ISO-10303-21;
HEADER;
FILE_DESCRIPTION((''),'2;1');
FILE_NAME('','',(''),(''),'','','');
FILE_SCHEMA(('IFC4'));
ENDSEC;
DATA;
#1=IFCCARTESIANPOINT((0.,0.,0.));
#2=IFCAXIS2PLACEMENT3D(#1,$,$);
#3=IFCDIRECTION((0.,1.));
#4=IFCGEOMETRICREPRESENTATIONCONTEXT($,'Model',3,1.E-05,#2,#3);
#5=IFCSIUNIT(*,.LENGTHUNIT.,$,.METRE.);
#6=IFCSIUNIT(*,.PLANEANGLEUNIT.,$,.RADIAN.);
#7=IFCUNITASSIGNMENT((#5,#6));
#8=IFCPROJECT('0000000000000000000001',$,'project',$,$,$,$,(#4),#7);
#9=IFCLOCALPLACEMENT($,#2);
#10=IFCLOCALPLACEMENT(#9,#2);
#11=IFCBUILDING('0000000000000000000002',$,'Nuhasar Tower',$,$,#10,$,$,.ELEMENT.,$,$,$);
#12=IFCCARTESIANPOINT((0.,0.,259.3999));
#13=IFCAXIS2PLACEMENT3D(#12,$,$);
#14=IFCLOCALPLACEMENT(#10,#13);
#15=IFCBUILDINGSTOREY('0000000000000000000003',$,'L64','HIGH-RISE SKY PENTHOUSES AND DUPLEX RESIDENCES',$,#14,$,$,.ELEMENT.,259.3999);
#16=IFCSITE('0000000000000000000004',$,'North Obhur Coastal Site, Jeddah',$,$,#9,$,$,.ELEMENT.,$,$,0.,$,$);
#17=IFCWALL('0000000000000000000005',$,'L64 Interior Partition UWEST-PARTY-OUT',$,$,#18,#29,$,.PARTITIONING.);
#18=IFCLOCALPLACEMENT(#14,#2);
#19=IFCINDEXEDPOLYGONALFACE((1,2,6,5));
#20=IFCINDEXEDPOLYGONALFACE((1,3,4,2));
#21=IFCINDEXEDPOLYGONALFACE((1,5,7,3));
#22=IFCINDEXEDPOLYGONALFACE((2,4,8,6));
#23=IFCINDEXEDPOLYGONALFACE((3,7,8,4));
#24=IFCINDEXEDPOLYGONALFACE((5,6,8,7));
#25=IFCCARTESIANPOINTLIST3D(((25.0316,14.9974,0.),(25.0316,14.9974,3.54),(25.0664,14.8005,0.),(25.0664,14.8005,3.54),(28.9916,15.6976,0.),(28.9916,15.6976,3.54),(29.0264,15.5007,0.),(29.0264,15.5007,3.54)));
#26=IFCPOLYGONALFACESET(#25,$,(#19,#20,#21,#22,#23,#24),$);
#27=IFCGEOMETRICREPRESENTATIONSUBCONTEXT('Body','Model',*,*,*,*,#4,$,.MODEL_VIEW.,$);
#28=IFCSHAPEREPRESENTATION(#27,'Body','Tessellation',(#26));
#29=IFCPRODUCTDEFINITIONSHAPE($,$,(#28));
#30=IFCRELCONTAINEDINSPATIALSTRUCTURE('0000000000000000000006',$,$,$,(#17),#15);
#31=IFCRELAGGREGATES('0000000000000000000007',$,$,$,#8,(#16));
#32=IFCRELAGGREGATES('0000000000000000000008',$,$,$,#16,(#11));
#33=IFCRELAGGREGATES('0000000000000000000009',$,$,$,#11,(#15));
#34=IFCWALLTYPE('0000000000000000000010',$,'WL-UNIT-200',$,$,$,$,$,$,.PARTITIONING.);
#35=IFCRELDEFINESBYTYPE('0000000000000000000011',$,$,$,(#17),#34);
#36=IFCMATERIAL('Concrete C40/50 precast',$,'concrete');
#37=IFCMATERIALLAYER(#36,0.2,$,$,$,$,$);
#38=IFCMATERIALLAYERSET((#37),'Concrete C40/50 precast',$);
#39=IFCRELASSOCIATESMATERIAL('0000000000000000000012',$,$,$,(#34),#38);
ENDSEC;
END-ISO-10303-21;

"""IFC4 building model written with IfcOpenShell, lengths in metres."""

from ifc_helpers import new_model, si_unit, direction, frame, frame_2d, origin, place, context, subcontext, project, spatial, rectangle, extrude, material, layer, layer_set, type_object, element, save


model = new_model("IFC4")

# Units and contexts
model_context = context("Model", 3, precision=1e-05, world=origin(), true_north=direction((0.0, 1.0)))
body_context = subcontext(model_context, "Body", "Model", "MODEL_VIEW")
ifc_project = project(units=[si_unit("LENGTHUNIT", "METRE"), si_unit("PLANEANGLEUNIT", "RADIAN")], contexts=[model_context])

# Site, building, storey
site_placement = place(None, origin())
site = spatial("IfcSite", under=ifc_project, at=site_placement, Name="North Obhur Coastal Site, Jeddah", CompositionType="ELEMENT", RefElevation=0.0)
building_placement = place(site_placement, origin())
building = spatial("IfcBuilding", under=site, at=building_placement, Name="Nuhasar Tower", CompositionType="ELEMENT")
storey_placement = place(building_placement, frame((0.0, 0.0, 259.3999)))
storey = spatial("IfcBuildingStorey", under=building, at=storey_placement, Name="L64", Description="HIGH-RISE SKY PENTHOUSES AND DUPLEX RESIDENCES", CompositionType="ELEMENT", Elevation=259.3999)

# Wall
ifc_material_1 = material(Name="Concrete C40/50 precast", Category="concrete")
ifc_layer_1 = layer(ifc_material_1, 0.2)
ifc_layer_set_1 = layer_set([ifc_layer_1], Name="Concrete C40/50 precast")
wall_type_1 = type_object("IfcWallType", Name="WL-UNIT-200", PredefinedType="PARTITIONING", material=ifc_layer_set_1)
wall_1_placement = place(storey_placement, frame((29.009, 15.5991, 0.0), z_axis=(0.0, 0.0, 1.0), x_axis=(-0.984725, -0.174118, 0.0)))
element("IfcWall", 1, at=wall_1_placement, inside=storey, type_object=wall_type_1, Name="L64 Interior Partition UWEST-PARTY-OUT", PredefinedType="PARTITIONING", context=body_context, shape_type="SweptSolid", body=[
    extrude(rectangle(XDim=4.0215, YDim=0.2, at=frame_2d((2.0107, 0.0))), origin(), (0.0, 0.0, 1.0), 3.54),
])

save(model, "model.ifc")
